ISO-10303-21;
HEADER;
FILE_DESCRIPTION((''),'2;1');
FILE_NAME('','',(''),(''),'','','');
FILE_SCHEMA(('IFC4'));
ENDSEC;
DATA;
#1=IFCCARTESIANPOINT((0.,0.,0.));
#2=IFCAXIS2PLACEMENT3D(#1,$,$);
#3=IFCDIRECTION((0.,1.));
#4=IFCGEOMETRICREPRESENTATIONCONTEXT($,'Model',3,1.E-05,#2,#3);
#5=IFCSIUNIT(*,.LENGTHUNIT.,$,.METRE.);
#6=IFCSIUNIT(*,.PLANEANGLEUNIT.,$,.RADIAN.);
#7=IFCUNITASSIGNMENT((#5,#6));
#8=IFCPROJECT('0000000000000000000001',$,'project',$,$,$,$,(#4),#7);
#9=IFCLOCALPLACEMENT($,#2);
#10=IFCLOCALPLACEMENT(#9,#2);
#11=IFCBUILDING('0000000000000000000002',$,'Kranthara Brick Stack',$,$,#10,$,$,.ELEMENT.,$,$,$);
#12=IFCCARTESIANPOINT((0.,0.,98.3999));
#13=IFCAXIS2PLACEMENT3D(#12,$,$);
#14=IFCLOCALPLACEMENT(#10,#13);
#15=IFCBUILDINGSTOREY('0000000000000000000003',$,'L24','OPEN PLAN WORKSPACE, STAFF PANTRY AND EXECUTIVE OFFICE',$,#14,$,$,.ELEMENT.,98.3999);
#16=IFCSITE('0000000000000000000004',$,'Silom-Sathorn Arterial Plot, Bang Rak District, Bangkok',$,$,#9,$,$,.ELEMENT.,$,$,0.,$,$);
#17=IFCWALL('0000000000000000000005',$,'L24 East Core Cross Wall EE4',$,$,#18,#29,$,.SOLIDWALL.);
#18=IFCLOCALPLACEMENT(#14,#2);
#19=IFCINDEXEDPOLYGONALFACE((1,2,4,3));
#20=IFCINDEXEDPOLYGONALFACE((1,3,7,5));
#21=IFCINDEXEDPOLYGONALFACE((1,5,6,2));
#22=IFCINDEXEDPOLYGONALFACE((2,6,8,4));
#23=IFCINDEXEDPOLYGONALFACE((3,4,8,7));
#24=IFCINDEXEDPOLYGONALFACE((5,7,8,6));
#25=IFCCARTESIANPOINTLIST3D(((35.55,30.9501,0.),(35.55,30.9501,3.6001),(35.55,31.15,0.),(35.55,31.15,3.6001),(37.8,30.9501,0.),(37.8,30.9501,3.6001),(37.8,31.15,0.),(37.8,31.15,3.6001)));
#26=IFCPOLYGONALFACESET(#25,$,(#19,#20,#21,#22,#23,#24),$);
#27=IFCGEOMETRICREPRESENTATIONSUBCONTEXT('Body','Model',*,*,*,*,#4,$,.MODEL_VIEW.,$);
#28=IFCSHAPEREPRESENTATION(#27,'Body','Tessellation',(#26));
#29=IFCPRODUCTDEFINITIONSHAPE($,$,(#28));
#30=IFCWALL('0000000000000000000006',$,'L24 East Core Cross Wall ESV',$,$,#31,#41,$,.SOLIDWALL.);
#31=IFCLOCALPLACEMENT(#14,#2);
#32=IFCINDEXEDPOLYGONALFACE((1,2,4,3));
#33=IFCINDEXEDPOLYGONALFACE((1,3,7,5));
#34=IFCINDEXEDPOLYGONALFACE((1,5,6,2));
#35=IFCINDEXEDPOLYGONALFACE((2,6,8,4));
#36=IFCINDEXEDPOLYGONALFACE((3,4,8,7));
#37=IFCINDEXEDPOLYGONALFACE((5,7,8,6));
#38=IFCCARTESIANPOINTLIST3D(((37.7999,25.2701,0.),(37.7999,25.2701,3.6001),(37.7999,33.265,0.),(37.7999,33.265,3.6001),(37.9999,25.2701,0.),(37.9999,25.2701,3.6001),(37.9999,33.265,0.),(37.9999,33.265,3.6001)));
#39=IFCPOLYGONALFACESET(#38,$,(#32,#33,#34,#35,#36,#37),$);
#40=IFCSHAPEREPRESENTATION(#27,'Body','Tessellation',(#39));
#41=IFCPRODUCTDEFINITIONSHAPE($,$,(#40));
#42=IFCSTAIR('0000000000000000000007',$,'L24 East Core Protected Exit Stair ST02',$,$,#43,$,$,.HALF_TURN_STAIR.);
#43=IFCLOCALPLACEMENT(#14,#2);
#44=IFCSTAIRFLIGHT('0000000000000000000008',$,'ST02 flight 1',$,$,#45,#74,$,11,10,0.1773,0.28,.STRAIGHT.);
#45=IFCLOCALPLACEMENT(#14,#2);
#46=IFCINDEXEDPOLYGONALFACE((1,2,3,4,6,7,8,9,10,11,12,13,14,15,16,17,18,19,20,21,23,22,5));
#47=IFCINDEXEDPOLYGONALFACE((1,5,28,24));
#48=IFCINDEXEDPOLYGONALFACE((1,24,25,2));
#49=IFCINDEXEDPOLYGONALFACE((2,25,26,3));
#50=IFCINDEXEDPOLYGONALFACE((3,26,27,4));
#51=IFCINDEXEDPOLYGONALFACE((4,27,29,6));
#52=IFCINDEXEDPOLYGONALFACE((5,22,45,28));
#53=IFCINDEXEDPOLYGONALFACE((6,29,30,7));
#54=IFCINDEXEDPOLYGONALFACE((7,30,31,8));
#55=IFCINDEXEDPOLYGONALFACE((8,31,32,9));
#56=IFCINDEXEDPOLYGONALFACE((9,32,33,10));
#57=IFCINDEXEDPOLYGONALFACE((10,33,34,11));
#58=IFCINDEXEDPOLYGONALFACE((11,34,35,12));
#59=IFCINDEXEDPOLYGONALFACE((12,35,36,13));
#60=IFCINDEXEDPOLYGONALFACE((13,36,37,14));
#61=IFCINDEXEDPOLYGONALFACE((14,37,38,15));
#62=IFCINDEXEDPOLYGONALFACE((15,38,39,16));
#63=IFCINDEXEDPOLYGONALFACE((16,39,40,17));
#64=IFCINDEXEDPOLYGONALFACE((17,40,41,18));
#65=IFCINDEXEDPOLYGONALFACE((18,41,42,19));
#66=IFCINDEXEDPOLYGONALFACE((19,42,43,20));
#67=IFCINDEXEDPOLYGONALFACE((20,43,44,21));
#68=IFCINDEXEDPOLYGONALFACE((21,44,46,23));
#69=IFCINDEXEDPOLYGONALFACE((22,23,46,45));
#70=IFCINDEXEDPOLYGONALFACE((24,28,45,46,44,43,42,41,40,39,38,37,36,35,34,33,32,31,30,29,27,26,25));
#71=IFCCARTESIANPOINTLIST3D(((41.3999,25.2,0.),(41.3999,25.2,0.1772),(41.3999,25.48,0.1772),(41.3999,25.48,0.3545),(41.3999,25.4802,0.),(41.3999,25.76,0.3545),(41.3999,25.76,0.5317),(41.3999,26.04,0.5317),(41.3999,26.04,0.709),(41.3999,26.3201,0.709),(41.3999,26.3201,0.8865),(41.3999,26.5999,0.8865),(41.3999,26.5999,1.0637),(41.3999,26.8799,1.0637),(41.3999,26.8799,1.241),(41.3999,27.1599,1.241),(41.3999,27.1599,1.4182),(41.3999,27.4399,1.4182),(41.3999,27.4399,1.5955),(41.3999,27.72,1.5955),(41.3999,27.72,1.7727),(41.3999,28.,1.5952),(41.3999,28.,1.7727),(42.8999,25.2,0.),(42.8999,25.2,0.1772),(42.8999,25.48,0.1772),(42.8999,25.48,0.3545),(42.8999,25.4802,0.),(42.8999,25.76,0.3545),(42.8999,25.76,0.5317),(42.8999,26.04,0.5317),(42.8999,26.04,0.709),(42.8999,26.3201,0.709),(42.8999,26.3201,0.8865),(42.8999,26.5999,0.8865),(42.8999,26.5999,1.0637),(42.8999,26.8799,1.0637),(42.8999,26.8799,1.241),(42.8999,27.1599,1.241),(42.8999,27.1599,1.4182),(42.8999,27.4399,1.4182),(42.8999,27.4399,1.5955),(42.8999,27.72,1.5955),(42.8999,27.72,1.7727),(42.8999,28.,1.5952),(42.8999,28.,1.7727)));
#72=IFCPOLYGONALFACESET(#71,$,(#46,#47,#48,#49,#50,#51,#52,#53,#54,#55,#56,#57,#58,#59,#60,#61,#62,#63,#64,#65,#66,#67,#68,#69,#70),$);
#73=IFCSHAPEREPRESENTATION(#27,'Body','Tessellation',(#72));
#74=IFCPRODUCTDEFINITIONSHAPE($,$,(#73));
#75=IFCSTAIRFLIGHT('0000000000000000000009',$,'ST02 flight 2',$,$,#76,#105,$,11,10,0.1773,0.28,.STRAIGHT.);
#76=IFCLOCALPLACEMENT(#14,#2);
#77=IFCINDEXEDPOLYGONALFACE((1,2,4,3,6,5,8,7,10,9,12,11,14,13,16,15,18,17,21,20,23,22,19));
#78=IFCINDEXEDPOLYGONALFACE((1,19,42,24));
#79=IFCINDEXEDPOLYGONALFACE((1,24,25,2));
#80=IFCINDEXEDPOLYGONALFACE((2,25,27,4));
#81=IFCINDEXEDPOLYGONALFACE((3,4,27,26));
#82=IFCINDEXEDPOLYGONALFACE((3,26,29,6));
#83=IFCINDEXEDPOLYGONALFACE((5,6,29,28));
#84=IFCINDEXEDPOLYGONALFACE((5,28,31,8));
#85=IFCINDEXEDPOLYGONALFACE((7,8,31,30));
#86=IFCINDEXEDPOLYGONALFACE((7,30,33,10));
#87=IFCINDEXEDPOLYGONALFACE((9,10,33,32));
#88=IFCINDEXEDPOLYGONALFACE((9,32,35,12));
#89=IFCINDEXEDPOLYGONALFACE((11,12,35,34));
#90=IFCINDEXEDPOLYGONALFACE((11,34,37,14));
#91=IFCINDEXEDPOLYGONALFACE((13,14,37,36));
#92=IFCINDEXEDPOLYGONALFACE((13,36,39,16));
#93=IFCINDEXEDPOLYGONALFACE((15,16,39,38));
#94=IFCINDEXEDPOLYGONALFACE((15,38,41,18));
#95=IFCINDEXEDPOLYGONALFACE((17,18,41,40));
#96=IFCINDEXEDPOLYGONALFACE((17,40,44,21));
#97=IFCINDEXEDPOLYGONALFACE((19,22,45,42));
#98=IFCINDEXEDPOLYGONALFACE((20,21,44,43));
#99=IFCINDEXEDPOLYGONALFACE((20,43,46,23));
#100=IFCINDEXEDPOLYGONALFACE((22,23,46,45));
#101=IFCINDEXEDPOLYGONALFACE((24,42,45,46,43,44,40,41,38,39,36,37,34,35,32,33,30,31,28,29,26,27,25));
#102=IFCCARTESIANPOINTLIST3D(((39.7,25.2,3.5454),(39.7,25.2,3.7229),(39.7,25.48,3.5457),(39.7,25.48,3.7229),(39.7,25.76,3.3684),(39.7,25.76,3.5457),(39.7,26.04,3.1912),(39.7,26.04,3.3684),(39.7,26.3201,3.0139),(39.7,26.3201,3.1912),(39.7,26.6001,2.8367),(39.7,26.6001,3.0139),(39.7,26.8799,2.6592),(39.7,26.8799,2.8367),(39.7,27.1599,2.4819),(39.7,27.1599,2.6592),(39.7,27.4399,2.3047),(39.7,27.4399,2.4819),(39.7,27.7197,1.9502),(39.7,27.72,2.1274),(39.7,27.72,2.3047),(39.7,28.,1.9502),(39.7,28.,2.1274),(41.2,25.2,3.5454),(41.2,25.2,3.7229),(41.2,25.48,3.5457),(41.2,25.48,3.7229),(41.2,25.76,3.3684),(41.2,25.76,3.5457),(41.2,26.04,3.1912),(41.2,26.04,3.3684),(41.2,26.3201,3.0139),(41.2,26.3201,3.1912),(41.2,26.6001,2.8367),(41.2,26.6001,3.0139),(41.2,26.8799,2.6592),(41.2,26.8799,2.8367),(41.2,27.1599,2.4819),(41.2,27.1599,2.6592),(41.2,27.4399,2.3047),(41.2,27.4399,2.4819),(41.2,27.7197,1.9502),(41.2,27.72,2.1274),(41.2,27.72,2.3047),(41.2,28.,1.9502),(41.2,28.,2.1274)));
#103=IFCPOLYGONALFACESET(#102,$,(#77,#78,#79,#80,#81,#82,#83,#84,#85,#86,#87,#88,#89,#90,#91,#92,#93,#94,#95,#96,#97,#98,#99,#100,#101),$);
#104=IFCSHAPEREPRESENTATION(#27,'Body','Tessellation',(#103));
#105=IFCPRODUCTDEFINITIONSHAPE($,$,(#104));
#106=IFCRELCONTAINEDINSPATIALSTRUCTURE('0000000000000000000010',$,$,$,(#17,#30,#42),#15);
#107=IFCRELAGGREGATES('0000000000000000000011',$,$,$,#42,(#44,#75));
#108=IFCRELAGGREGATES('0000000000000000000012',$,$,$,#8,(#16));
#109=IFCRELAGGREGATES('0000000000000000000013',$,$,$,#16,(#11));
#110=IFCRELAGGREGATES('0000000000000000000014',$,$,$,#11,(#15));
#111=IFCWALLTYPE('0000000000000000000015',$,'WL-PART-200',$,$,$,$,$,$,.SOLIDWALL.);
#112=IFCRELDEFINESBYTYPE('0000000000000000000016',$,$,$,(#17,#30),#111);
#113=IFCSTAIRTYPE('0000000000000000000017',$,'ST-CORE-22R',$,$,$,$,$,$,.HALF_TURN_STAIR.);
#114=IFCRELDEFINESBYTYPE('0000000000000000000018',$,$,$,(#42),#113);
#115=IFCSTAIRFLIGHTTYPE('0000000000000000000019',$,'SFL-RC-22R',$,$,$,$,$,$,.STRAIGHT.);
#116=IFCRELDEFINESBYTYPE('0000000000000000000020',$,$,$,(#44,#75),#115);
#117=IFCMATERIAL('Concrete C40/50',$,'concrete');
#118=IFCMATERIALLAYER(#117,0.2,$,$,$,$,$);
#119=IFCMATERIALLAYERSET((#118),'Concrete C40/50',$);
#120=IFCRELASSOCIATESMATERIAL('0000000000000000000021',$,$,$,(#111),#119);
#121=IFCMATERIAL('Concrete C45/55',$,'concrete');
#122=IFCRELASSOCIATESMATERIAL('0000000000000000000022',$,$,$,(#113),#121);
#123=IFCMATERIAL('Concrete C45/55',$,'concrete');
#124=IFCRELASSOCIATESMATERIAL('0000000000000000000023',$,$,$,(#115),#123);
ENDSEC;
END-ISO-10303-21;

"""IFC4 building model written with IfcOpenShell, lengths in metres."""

from ifc_helpers import new_model, si_unit, direction, frame, frame_2d, origin, place, context, subcontext, project, spatial, polyline, rectangle, outline, extrude, material, layer, layer_set, type_object, element, aggregate, save


model = new_model("IFC4")

# Units and contexts
model_context = context("Model", 3, precision=1e-05, world=origin(), true_north=direction((0.0, 1.0)))
body_context = subcontext(model_context, "Body", "Model", "MODEL_VIEW")
ifc_project = project(units=[si_unit("LENGTHUNIT", "METRE"), si_unit("PLANEANGLEUNIT", "RADIAN")], contexts=[model_context])

# Site, building, storey
site_placement = place(None, origin())
site = spatial("IfcSite", under=ifc_project, at=site_placement, Name="Silom-Sathorn Arterial Plot, Bang Rak District, Bangkok", CompositionType="ELEMENT", RefElevation=0.0)
building_placement = place(site_placement, origin())
building = spatial("IfcBuilding", under=site, at=building_placement, Name="Kranthara Brick Stack", CompositionType="ELEMENT")
storey_placement = place(building_placement, frame((0.0, 0.0, 98.3999)))
storey = spatial("IfcBuildingStorey", under=building, at=storey_placement, Name="L24", Description="OPEN PLAN WORKSPACE, STAFF PANTRY AND EXECUTIVE OFFICE", CompositionType="ELEMENT", Elevation=98.3999)

# Walls
ifc_material_1 = material(Name="Concrete C40/50", Category="concrete")
ifc_layer_1 = layer(ifc_material_1, 0.2)
ifc_layer_set_1 = layer_set([ifc_layer_1], Name="Concrete C40/50")
wall_type_1 = type_object("IfcWallType", Name="WL-PART-200", PredefinedType="SOLIDWALL", material=ifc_layer_set_1)
wall_1_placement = place(storey_placement, frame((35.55, 31.05, 0.0), z_axis=(0.0, 0.0, 1.0), x_axis=(1.0, 0.0, 0.0)))
element("IfcWall", 1, at=wall_1_placement, inside=storey, type_object=wall_type_1, Name="L24 East Core Cross Wall EE4", PredefinedType="SOLIDWALL", context=body_context, shape_type="SweptSolid", body=[
    extrude(rectangle(XDim=2.25, YDim=0.2, at=frame_2d((1.125, 0.0))), origin(), (0.0, 0.0, 1.0), 3.6001),
])
wall_2_placement = place(storey_placement, frame((37.8999, 25.27, 0.0), z_axis=(0.0, 0.0, 1.0), x_axis=(0.0, 1.0, 0.0)))
element("IfcWall", 2, at=wall_2_placement, inside=storey, type_object=wall_type_1, Name="L24 East Core Cross Wall ESV", PredefinedType="SOLIDWALL", context=body_context, shape_type="SweptSolid", body=[
    extrude(rectangle(XDim=7.9949, YDim=0.2, at=frame_2d((3.9976, 0.0))), origin(), (0.0, 0.0, 1.0), 3.6001),
])

# Stair, stair flights
ifc_material_2 = material(Name="Concrete C45/55", Category="concrete")
stair_type = type_object("IfcStairType", Name="ST-CORE-22R", PredefinedType="HALF_TURN_STAIR", material=ifc_material_2)
stair_placement = place(storey_placement, origin())
stair = element("IfcStair", 3, at=stair_placement, inside=storey, type_object=stair_type, Name="L24 East Core Protected Exit Stair ST02", PredefinedType="HALF_TURN_STAIR")
ifc_material_3 = material(Name="Concrete C45/55", Category="concrete")
stair_flight_type = type_object("IfcStairFlightType", Name="SFL-RC-22R", PredefinedType="STRAIGHT", material=ifc_material_3)
stair_flight_1_placement = place(storey_placement, frame((42.1499, 25.2, 0.0), z_axis=(0.0, 0.0, 1.0), x_axis=(0.0, 1.0, 0.0)))
stair_flight_1 = element("IfcStairFlight", 4, at=stair_flight_1_placement, type_object=stair_flight_type, Name="ST02 flight 1", NumberOfRisers=11, NumberOfTreads=10, PredefinedType="STRAIGHT", RiserHeight=0.1773, TreadLength=0.28, context=body_context, shape_type="SweptSolid", body=[
    extrude(outline(polyline([(0.0, 0.0), (0.0, 0.1772), (0.28, 0.1772), (0.28, 0.3545), (0.5601, 0.3545), (0.5601, 0.5317), (0.8401, 0.5317), (0.8401, 0.709), (1.1201, 0.709), (1.1201, 0.8865), (1.3999, 0.8865), (1.3999, 1.0637), (1.6799, 1.0637), (1.6799, 1.241), (1.96, 1.241), (1.96, 1.4182), (2.24, 1.4182), (2.24, 1.5955), (2.52, 1.5955), (2.52, 1.7727), (2.8, 1.7727), (2.8, 1.95), (2.8, 1.5952), (0.2803, 0.0), (0.0, 0.0)])), frame((0.0, 0.75, 0.0), z_axis=(0.0, -1.0, 0.0), x_axis=(1.0, 0.0, 0.0)), (0.0, 0.0, 1.0), 1.5),
])
stair_flight_2_placement = place(storey_placement, frame((40.45, 28.0, 1.9502), z_axis=(0.0, 0.0, 1.0), x_axis=(0.0, -1.0, 0.0)))
stair_flight_2 = element("IfcStairFlight", 5, at=stair_flight_2_placement, type_object=stair_flight_type, Name="ST02 flight 2", NumberOfRisers=11, NumberOfTreads=10, PredefinedType="STRAIGHT", RiserHeight=0.1773, TreadLength=0.28, context=body_context, shape_type="SweptSolid", body=[
    extrude(outline(polyline([(0.0, 0.0), (0.0, 0.1772), (0.28, 0.1772), (0.28, 0.3545), (0.5601, 0.3545), (0.5601, 0.5317), (0.8401, 0.5317), (0.8401, 0.709), (1.1201, 0.709), (1.1201, 0.8865), (1.3999, 0.8865), (1.3999, 1.0637), (1.6799, 1.0637), (1.6799, 1.241), (1.96, 1.241), (1.96, 1.4182), (2.24, 1.4182), (2.24, 1.5955), (2.52, 1.5955), (2.52, 1.7727), (2.8, 1.7727), (2.8, 1.95), (2.8, 1.5952), (0.2803, 0.0), (0.0, 0.0)])), frame((0.0, 0.75, 0.0), z_axis=(0.0, -1.0, 0.0), x_axis=(1.0, 0.0, 0.0)), (0.0, 0.0, 1.0), 1.5),
])
aggregate(stair, [stair_flight_1, stair_flight_2])

save(model, "model.ifc")
